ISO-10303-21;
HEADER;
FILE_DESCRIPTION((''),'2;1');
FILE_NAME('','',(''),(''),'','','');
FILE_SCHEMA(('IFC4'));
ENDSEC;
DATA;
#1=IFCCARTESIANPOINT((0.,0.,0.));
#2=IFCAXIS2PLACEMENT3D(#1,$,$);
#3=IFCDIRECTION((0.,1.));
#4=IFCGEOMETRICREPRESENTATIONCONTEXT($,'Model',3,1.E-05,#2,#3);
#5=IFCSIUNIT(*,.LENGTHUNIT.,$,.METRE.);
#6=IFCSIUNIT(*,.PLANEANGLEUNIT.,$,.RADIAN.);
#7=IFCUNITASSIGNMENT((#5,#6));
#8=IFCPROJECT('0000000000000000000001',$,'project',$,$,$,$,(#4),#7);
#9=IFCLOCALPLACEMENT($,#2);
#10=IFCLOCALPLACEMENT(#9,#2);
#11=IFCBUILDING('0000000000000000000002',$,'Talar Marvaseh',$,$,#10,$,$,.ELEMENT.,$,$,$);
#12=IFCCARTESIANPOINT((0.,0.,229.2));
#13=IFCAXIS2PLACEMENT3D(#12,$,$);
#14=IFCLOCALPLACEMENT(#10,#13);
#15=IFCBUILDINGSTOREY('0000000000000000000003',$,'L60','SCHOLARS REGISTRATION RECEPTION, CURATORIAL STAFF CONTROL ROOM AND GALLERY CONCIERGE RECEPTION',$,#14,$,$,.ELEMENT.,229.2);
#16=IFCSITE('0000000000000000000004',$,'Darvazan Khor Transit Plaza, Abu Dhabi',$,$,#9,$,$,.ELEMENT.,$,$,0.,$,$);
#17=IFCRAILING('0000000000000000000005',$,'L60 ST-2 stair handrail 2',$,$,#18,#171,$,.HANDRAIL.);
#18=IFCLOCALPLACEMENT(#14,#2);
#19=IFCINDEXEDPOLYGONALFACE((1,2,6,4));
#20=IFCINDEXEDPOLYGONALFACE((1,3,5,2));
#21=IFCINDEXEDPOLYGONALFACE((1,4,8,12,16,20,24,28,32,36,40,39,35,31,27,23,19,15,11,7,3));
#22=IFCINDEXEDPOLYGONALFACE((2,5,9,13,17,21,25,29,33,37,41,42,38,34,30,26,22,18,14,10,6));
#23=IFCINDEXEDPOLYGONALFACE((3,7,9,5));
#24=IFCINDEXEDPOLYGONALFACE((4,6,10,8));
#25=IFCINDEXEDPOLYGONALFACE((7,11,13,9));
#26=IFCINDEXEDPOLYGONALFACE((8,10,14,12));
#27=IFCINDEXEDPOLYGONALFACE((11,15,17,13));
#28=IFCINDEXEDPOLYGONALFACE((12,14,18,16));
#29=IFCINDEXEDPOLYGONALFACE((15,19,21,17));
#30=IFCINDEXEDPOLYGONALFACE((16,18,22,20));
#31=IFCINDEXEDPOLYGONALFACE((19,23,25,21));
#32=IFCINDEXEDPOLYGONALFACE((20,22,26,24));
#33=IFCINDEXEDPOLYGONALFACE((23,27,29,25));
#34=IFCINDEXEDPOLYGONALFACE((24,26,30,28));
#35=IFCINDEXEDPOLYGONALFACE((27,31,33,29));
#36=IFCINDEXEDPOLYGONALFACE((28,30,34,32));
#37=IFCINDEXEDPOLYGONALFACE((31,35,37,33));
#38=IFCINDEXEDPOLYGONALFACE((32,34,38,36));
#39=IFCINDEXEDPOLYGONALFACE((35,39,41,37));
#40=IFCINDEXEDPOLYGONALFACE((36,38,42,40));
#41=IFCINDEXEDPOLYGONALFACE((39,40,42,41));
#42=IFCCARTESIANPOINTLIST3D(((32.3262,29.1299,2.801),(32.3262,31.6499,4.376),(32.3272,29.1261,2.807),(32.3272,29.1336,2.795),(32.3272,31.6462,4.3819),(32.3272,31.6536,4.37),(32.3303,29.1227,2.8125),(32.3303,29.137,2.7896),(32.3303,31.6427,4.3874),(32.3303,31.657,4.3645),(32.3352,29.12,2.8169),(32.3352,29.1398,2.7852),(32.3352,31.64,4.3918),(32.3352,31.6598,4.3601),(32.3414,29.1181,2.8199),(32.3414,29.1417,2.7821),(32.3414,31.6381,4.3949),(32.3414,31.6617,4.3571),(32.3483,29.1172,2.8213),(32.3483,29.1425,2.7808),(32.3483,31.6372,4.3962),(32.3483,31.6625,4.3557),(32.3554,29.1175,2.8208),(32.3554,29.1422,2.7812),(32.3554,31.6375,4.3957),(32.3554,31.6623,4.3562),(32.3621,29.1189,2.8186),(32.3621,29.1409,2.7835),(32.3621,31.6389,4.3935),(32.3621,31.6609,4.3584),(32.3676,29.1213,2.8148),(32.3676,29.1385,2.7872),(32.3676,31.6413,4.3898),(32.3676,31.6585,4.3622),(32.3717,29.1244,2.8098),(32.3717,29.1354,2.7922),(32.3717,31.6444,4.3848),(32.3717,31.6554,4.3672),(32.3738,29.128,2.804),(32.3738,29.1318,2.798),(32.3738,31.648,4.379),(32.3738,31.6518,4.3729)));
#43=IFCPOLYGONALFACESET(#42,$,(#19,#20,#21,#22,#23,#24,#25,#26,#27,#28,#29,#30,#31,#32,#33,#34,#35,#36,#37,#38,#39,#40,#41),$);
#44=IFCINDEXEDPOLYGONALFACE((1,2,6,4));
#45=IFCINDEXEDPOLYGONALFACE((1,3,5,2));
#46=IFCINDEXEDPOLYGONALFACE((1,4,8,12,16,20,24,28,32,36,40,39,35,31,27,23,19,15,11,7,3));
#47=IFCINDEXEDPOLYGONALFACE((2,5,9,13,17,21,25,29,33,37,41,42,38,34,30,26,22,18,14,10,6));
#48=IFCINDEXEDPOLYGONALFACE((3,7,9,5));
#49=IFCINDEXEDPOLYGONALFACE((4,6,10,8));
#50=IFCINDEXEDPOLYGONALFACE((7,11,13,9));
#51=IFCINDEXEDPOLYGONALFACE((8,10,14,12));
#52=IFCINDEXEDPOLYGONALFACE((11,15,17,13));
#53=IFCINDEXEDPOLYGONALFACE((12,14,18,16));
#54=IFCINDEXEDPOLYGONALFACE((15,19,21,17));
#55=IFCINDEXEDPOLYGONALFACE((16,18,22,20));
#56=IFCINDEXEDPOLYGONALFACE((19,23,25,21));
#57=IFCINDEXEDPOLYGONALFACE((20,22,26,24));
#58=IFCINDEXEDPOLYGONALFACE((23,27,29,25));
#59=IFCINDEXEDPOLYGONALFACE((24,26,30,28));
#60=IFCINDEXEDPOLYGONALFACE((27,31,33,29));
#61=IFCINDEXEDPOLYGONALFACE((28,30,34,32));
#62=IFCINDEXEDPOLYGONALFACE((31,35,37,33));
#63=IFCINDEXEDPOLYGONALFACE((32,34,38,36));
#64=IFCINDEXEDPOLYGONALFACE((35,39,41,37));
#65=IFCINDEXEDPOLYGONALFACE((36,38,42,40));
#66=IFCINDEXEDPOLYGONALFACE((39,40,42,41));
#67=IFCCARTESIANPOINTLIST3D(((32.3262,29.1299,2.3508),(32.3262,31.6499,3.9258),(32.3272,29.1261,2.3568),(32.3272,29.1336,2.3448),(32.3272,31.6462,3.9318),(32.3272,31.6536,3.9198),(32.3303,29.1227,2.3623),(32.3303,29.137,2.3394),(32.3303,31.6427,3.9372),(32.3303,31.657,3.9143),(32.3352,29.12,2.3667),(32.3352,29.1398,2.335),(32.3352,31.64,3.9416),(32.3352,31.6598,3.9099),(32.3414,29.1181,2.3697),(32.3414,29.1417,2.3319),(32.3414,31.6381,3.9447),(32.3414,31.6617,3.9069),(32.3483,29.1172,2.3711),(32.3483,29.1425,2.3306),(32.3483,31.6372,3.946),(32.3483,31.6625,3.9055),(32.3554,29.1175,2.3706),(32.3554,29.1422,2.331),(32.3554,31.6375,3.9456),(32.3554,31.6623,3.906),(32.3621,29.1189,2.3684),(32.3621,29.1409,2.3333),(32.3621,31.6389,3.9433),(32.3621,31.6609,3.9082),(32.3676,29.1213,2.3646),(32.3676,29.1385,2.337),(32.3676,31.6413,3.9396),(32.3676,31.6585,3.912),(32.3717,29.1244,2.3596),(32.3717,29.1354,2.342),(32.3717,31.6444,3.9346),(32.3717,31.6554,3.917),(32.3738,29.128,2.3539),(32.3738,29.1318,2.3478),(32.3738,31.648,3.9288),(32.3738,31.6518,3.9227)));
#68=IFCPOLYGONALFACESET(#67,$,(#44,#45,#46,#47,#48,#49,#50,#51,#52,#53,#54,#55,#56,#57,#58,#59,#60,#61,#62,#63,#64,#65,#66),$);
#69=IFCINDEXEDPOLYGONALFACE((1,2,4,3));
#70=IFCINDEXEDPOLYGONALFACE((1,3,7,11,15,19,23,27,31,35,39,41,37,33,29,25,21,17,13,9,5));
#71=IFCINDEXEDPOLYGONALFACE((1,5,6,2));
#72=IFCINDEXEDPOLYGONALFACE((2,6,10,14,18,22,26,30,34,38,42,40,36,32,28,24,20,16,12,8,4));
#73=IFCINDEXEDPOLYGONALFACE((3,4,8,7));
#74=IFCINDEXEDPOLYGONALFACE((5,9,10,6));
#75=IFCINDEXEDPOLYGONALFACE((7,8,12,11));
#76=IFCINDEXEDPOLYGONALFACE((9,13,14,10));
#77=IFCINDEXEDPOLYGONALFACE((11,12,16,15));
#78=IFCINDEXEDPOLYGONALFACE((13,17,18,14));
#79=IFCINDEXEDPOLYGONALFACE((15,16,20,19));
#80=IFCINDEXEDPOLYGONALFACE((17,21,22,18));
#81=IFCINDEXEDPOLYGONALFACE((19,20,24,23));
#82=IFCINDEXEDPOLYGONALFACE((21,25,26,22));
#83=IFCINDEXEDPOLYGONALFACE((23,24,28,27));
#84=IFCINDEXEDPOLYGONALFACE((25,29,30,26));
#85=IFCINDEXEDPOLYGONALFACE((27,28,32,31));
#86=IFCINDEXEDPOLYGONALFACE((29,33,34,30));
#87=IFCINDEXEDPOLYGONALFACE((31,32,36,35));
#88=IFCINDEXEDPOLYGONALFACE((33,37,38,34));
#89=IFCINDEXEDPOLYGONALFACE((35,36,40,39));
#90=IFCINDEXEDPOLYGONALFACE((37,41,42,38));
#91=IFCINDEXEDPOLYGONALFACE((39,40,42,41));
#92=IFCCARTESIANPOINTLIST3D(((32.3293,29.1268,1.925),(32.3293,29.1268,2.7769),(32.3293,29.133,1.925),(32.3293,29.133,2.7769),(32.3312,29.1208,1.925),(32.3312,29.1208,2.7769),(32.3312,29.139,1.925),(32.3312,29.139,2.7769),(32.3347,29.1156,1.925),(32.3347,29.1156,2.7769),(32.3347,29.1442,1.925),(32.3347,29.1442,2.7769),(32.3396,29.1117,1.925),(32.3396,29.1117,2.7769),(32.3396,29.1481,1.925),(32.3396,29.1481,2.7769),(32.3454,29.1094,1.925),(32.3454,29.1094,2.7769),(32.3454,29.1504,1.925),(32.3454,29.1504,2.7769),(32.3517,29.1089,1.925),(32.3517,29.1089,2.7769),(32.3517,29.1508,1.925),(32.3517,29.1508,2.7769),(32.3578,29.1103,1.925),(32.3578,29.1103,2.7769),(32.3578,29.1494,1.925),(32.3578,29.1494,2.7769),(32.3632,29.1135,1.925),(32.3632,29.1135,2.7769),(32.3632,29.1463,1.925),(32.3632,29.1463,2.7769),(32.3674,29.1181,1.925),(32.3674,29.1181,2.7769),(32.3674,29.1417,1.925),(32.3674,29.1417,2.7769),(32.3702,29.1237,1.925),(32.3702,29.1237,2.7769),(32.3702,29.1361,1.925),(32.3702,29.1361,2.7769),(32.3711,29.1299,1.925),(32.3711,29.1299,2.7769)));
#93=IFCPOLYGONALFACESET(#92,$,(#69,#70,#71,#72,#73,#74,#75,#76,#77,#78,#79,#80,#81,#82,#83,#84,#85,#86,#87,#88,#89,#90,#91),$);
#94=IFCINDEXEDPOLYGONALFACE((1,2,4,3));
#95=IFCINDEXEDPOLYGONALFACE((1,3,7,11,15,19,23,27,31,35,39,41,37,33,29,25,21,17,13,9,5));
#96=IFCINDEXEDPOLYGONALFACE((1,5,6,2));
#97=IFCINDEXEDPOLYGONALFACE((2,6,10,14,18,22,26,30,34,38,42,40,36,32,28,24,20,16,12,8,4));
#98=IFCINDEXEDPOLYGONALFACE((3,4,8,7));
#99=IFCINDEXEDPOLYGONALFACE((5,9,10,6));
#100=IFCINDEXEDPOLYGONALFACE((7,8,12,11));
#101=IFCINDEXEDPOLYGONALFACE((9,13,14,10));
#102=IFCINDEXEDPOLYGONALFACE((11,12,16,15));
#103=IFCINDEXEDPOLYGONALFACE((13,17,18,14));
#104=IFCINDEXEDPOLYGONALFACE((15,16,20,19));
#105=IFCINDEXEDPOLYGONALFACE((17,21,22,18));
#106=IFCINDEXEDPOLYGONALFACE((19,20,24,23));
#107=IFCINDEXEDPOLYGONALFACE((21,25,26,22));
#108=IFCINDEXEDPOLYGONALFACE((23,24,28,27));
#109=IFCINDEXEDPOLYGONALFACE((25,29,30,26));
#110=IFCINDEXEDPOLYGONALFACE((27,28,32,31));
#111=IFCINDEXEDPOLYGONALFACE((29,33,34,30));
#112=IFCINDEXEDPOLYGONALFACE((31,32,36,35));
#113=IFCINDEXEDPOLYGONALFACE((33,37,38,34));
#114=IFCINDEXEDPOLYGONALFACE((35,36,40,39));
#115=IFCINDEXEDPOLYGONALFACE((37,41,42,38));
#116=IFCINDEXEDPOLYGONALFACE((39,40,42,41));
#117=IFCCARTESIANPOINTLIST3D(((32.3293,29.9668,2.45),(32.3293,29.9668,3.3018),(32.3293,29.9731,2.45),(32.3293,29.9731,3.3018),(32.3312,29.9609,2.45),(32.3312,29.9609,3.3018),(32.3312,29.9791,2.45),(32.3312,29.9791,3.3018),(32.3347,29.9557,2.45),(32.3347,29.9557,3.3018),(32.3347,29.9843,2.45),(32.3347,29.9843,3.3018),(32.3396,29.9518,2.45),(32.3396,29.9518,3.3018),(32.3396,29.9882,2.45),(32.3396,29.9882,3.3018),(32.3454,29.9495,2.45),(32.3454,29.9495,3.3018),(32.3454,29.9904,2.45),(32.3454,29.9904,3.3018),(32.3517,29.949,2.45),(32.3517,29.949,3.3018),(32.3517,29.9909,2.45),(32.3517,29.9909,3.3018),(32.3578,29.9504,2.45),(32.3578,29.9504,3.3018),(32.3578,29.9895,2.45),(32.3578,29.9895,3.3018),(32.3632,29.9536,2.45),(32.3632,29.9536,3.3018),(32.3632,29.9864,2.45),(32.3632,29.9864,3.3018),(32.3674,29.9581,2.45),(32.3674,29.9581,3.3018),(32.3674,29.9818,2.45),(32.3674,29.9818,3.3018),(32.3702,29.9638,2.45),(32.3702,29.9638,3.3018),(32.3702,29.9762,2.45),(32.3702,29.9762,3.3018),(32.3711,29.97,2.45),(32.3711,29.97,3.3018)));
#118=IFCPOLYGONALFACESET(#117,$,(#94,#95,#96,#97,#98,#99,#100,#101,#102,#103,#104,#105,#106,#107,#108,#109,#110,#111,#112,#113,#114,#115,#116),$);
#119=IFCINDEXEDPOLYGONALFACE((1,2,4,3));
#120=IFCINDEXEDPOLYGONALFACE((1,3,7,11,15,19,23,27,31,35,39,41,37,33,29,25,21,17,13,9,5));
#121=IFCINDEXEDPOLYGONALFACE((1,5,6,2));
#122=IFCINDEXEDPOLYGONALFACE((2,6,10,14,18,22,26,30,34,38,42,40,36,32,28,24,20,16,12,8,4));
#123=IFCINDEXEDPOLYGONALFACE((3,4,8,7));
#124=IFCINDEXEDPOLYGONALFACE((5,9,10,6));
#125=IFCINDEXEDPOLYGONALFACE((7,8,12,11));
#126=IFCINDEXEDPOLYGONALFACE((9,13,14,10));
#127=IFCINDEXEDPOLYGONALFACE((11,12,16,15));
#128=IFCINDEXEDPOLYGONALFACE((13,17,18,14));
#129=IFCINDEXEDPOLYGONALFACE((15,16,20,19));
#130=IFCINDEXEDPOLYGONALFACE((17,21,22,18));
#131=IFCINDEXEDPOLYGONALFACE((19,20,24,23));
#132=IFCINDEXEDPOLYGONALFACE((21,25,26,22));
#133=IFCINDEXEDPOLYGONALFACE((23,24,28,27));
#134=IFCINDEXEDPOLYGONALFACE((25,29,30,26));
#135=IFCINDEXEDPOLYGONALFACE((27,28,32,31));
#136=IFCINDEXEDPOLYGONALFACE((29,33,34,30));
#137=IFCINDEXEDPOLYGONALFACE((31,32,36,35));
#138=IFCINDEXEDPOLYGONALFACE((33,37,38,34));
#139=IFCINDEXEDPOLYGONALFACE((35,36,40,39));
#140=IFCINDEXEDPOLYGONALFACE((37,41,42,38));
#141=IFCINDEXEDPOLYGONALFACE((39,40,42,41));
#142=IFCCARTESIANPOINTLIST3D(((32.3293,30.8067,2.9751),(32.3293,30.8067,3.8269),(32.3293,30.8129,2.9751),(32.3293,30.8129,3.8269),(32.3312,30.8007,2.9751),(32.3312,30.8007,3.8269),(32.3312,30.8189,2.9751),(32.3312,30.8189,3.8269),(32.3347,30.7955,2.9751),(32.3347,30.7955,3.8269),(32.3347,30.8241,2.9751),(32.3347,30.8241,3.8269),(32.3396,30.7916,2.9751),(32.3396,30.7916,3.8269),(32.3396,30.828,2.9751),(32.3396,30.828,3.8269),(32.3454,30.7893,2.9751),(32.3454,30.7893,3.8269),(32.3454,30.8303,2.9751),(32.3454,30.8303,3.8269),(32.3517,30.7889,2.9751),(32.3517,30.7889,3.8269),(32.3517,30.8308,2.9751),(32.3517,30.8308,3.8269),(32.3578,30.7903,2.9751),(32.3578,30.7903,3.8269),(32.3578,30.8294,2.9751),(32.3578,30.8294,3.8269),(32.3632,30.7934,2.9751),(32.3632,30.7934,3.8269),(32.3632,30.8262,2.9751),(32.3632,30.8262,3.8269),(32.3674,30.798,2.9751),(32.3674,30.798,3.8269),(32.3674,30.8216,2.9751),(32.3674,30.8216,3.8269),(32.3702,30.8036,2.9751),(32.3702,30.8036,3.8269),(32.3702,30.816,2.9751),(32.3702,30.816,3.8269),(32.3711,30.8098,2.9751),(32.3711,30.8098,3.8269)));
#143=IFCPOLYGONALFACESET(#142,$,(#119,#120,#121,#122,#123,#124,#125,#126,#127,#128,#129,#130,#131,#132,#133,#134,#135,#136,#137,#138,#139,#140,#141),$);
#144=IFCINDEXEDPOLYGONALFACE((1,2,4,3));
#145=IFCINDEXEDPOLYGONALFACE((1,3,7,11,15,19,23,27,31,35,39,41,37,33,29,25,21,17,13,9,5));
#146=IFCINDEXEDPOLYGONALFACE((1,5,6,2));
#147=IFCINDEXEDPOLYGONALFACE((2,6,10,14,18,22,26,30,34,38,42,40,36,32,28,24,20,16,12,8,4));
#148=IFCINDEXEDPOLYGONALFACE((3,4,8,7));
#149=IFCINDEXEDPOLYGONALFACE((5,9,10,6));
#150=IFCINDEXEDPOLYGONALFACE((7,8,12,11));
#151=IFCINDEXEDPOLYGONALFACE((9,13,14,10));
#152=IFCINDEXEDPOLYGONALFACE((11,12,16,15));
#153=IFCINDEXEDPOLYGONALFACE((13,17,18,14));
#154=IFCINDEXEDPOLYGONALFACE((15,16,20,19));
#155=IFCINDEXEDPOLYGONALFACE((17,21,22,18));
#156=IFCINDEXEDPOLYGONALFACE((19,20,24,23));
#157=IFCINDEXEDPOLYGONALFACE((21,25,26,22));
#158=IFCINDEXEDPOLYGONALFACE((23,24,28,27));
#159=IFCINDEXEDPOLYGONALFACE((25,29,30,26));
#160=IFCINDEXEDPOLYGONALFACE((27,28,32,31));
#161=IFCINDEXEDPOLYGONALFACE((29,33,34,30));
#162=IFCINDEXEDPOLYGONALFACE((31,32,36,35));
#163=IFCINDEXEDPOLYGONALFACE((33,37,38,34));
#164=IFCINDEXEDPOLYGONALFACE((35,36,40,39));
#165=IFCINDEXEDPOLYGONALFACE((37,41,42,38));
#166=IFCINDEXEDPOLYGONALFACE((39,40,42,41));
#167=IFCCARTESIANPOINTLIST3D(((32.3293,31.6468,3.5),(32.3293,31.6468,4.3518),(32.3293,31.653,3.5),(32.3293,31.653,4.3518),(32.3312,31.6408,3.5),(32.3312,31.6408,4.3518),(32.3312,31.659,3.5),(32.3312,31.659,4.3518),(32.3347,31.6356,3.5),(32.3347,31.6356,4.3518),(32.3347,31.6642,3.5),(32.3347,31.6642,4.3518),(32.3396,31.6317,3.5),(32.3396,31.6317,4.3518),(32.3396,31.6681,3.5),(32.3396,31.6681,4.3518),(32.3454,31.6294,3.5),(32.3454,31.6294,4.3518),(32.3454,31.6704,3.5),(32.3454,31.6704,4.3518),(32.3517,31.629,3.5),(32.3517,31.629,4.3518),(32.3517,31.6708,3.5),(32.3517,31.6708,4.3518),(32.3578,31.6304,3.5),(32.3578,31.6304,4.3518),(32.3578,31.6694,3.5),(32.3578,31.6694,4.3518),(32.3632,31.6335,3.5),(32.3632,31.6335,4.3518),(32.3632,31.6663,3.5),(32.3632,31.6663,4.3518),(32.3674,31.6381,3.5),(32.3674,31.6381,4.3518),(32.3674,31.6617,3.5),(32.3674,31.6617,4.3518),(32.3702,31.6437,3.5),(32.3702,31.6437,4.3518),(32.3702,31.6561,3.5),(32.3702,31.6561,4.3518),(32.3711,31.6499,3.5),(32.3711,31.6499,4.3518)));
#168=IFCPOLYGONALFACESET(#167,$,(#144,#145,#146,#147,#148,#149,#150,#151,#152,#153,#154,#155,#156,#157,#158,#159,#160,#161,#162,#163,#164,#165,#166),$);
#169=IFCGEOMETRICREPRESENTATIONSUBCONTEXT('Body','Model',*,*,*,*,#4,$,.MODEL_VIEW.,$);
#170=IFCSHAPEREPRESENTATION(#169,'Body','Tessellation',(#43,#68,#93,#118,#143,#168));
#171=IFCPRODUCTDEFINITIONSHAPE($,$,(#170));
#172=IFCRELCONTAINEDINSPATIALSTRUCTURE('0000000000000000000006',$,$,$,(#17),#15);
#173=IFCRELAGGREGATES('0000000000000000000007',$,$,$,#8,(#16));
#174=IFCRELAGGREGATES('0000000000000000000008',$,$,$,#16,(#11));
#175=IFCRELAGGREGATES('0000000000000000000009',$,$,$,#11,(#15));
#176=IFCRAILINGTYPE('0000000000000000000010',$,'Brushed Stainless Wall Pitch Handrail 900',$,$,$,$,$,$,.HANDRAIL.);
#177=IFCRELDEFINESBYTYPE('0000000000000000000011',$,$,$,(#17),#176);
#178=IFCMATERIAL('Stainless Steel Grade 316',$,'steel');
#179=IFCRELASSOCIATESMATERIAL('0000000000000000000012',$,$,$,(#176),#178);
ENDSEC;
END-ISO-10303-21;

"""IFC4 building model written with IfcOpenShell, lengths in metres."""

from ifc_helpers import new_model, si_unit, direction, frame, origin, origin_2d, place, context, subcontext, project, spatial, circle, extrude, material, type_object, element, save


model = new_model("IFC4")

# Units and contexts
model_context = context("Model", 3, precision=1e-05, world=origin(), true_north=direction((0.0, 1.0)))
body_context = subcontext(model_context, "Body", "Model", "MODEL_VIEW")
ifc_project = project(units=[si_unit("LENGTHUNIT", "METRE"), si_unit("PLANEANGLEUNIT", "RADIAN")], contexts=[model_context])

# Site, building, storey
site_placement = place(None, origin())
site = spatial("IfcSite", under=ifc_project, at=site_placement, Name="Darvazan Khor Transit Plaza, Abu Dhabi", CompositionType="ELEMENT", RefElevation=0.0)
building_placement = place(site_placement, origin())
building = spatial("IfcBuilding", under=site, at=building_placement, Name="Talar Marvaseh", CompositionType="ELEMENT")
storey_placement = place(building_placement, frame((0.0, 0.0, 229.2)))
storey = spatial("IfcBuildingStorey", under=building, at=storey_placement, Name="L60", Description="SCHOLARS REGISTRATION RECEPTION, CURATORIAL STAFF CONTROL ROOM AND GALLERY CONCIERGE RECEPTION", CompositionType="ELEMENT", Elevation=229.2)

# Railing
ifc_material_1 = material(Name="Stainless Steel Grade 316", Category="steel")
railing_type = type_object("IfcRailingType", Name="Brushed Stainless Wall Pitch Handrail 900", PredefinedType="HANDRAIL", material=ifc_material_1)
railing_placement = place(storey_placement, frame((32.3501, 29.1299, 1.925)))
element("IfcRailing", 1, at=railing_placement, inside=storey, type_object=railing_type, Name="L60 ST-2 stair handrail 2", PredefinedType="HANDRAIL", context=body_context, shape_type="SweptSolid", body=[
    extrude(circle(Radius=0.0239, at=origin_2d()), frame((0.0, 0.0, 0.876), z_axis=(0.0, 0.848008, 0.529984), x_axis=(-1.0, 0.0, 0.0)), (0.0, 0.0, 1.0), 2.9717),
    extrude(circle(Radius=0.0239, at=origin_2d()), frame((0.0, 0.0, 0.4258), z_axis=(0.0, 0.848008, 0.529984), x_axis=(-1.0, 0.0, 0.0)), (0.0, 0.0, 1.0), 2.9717),
    extrude(circle(Radius=0.021, at=origin_2d()), origin(), (0.0, 0.0, 1.0), 0.8518),
    extrude(circle(Radius=0.021, at=origin_2d()), frame((0.0, 0.8401, 0.5249)), (0.0, 0.0, 1.0), 0.8518),
    extrude(circle(Radius=0.021, at=origin_2d()), frame((0.0, 1.6799, 1.05)), (0.0, 0.0, 1.0), 0.8518),
    extrude(circle(Radius=0.021, at=origin_2d()), frame((0.0, 2.52, 1.575)), (0.0, 0.0, 1.0), 0.8518),
])

save(model, "model.ifc")
